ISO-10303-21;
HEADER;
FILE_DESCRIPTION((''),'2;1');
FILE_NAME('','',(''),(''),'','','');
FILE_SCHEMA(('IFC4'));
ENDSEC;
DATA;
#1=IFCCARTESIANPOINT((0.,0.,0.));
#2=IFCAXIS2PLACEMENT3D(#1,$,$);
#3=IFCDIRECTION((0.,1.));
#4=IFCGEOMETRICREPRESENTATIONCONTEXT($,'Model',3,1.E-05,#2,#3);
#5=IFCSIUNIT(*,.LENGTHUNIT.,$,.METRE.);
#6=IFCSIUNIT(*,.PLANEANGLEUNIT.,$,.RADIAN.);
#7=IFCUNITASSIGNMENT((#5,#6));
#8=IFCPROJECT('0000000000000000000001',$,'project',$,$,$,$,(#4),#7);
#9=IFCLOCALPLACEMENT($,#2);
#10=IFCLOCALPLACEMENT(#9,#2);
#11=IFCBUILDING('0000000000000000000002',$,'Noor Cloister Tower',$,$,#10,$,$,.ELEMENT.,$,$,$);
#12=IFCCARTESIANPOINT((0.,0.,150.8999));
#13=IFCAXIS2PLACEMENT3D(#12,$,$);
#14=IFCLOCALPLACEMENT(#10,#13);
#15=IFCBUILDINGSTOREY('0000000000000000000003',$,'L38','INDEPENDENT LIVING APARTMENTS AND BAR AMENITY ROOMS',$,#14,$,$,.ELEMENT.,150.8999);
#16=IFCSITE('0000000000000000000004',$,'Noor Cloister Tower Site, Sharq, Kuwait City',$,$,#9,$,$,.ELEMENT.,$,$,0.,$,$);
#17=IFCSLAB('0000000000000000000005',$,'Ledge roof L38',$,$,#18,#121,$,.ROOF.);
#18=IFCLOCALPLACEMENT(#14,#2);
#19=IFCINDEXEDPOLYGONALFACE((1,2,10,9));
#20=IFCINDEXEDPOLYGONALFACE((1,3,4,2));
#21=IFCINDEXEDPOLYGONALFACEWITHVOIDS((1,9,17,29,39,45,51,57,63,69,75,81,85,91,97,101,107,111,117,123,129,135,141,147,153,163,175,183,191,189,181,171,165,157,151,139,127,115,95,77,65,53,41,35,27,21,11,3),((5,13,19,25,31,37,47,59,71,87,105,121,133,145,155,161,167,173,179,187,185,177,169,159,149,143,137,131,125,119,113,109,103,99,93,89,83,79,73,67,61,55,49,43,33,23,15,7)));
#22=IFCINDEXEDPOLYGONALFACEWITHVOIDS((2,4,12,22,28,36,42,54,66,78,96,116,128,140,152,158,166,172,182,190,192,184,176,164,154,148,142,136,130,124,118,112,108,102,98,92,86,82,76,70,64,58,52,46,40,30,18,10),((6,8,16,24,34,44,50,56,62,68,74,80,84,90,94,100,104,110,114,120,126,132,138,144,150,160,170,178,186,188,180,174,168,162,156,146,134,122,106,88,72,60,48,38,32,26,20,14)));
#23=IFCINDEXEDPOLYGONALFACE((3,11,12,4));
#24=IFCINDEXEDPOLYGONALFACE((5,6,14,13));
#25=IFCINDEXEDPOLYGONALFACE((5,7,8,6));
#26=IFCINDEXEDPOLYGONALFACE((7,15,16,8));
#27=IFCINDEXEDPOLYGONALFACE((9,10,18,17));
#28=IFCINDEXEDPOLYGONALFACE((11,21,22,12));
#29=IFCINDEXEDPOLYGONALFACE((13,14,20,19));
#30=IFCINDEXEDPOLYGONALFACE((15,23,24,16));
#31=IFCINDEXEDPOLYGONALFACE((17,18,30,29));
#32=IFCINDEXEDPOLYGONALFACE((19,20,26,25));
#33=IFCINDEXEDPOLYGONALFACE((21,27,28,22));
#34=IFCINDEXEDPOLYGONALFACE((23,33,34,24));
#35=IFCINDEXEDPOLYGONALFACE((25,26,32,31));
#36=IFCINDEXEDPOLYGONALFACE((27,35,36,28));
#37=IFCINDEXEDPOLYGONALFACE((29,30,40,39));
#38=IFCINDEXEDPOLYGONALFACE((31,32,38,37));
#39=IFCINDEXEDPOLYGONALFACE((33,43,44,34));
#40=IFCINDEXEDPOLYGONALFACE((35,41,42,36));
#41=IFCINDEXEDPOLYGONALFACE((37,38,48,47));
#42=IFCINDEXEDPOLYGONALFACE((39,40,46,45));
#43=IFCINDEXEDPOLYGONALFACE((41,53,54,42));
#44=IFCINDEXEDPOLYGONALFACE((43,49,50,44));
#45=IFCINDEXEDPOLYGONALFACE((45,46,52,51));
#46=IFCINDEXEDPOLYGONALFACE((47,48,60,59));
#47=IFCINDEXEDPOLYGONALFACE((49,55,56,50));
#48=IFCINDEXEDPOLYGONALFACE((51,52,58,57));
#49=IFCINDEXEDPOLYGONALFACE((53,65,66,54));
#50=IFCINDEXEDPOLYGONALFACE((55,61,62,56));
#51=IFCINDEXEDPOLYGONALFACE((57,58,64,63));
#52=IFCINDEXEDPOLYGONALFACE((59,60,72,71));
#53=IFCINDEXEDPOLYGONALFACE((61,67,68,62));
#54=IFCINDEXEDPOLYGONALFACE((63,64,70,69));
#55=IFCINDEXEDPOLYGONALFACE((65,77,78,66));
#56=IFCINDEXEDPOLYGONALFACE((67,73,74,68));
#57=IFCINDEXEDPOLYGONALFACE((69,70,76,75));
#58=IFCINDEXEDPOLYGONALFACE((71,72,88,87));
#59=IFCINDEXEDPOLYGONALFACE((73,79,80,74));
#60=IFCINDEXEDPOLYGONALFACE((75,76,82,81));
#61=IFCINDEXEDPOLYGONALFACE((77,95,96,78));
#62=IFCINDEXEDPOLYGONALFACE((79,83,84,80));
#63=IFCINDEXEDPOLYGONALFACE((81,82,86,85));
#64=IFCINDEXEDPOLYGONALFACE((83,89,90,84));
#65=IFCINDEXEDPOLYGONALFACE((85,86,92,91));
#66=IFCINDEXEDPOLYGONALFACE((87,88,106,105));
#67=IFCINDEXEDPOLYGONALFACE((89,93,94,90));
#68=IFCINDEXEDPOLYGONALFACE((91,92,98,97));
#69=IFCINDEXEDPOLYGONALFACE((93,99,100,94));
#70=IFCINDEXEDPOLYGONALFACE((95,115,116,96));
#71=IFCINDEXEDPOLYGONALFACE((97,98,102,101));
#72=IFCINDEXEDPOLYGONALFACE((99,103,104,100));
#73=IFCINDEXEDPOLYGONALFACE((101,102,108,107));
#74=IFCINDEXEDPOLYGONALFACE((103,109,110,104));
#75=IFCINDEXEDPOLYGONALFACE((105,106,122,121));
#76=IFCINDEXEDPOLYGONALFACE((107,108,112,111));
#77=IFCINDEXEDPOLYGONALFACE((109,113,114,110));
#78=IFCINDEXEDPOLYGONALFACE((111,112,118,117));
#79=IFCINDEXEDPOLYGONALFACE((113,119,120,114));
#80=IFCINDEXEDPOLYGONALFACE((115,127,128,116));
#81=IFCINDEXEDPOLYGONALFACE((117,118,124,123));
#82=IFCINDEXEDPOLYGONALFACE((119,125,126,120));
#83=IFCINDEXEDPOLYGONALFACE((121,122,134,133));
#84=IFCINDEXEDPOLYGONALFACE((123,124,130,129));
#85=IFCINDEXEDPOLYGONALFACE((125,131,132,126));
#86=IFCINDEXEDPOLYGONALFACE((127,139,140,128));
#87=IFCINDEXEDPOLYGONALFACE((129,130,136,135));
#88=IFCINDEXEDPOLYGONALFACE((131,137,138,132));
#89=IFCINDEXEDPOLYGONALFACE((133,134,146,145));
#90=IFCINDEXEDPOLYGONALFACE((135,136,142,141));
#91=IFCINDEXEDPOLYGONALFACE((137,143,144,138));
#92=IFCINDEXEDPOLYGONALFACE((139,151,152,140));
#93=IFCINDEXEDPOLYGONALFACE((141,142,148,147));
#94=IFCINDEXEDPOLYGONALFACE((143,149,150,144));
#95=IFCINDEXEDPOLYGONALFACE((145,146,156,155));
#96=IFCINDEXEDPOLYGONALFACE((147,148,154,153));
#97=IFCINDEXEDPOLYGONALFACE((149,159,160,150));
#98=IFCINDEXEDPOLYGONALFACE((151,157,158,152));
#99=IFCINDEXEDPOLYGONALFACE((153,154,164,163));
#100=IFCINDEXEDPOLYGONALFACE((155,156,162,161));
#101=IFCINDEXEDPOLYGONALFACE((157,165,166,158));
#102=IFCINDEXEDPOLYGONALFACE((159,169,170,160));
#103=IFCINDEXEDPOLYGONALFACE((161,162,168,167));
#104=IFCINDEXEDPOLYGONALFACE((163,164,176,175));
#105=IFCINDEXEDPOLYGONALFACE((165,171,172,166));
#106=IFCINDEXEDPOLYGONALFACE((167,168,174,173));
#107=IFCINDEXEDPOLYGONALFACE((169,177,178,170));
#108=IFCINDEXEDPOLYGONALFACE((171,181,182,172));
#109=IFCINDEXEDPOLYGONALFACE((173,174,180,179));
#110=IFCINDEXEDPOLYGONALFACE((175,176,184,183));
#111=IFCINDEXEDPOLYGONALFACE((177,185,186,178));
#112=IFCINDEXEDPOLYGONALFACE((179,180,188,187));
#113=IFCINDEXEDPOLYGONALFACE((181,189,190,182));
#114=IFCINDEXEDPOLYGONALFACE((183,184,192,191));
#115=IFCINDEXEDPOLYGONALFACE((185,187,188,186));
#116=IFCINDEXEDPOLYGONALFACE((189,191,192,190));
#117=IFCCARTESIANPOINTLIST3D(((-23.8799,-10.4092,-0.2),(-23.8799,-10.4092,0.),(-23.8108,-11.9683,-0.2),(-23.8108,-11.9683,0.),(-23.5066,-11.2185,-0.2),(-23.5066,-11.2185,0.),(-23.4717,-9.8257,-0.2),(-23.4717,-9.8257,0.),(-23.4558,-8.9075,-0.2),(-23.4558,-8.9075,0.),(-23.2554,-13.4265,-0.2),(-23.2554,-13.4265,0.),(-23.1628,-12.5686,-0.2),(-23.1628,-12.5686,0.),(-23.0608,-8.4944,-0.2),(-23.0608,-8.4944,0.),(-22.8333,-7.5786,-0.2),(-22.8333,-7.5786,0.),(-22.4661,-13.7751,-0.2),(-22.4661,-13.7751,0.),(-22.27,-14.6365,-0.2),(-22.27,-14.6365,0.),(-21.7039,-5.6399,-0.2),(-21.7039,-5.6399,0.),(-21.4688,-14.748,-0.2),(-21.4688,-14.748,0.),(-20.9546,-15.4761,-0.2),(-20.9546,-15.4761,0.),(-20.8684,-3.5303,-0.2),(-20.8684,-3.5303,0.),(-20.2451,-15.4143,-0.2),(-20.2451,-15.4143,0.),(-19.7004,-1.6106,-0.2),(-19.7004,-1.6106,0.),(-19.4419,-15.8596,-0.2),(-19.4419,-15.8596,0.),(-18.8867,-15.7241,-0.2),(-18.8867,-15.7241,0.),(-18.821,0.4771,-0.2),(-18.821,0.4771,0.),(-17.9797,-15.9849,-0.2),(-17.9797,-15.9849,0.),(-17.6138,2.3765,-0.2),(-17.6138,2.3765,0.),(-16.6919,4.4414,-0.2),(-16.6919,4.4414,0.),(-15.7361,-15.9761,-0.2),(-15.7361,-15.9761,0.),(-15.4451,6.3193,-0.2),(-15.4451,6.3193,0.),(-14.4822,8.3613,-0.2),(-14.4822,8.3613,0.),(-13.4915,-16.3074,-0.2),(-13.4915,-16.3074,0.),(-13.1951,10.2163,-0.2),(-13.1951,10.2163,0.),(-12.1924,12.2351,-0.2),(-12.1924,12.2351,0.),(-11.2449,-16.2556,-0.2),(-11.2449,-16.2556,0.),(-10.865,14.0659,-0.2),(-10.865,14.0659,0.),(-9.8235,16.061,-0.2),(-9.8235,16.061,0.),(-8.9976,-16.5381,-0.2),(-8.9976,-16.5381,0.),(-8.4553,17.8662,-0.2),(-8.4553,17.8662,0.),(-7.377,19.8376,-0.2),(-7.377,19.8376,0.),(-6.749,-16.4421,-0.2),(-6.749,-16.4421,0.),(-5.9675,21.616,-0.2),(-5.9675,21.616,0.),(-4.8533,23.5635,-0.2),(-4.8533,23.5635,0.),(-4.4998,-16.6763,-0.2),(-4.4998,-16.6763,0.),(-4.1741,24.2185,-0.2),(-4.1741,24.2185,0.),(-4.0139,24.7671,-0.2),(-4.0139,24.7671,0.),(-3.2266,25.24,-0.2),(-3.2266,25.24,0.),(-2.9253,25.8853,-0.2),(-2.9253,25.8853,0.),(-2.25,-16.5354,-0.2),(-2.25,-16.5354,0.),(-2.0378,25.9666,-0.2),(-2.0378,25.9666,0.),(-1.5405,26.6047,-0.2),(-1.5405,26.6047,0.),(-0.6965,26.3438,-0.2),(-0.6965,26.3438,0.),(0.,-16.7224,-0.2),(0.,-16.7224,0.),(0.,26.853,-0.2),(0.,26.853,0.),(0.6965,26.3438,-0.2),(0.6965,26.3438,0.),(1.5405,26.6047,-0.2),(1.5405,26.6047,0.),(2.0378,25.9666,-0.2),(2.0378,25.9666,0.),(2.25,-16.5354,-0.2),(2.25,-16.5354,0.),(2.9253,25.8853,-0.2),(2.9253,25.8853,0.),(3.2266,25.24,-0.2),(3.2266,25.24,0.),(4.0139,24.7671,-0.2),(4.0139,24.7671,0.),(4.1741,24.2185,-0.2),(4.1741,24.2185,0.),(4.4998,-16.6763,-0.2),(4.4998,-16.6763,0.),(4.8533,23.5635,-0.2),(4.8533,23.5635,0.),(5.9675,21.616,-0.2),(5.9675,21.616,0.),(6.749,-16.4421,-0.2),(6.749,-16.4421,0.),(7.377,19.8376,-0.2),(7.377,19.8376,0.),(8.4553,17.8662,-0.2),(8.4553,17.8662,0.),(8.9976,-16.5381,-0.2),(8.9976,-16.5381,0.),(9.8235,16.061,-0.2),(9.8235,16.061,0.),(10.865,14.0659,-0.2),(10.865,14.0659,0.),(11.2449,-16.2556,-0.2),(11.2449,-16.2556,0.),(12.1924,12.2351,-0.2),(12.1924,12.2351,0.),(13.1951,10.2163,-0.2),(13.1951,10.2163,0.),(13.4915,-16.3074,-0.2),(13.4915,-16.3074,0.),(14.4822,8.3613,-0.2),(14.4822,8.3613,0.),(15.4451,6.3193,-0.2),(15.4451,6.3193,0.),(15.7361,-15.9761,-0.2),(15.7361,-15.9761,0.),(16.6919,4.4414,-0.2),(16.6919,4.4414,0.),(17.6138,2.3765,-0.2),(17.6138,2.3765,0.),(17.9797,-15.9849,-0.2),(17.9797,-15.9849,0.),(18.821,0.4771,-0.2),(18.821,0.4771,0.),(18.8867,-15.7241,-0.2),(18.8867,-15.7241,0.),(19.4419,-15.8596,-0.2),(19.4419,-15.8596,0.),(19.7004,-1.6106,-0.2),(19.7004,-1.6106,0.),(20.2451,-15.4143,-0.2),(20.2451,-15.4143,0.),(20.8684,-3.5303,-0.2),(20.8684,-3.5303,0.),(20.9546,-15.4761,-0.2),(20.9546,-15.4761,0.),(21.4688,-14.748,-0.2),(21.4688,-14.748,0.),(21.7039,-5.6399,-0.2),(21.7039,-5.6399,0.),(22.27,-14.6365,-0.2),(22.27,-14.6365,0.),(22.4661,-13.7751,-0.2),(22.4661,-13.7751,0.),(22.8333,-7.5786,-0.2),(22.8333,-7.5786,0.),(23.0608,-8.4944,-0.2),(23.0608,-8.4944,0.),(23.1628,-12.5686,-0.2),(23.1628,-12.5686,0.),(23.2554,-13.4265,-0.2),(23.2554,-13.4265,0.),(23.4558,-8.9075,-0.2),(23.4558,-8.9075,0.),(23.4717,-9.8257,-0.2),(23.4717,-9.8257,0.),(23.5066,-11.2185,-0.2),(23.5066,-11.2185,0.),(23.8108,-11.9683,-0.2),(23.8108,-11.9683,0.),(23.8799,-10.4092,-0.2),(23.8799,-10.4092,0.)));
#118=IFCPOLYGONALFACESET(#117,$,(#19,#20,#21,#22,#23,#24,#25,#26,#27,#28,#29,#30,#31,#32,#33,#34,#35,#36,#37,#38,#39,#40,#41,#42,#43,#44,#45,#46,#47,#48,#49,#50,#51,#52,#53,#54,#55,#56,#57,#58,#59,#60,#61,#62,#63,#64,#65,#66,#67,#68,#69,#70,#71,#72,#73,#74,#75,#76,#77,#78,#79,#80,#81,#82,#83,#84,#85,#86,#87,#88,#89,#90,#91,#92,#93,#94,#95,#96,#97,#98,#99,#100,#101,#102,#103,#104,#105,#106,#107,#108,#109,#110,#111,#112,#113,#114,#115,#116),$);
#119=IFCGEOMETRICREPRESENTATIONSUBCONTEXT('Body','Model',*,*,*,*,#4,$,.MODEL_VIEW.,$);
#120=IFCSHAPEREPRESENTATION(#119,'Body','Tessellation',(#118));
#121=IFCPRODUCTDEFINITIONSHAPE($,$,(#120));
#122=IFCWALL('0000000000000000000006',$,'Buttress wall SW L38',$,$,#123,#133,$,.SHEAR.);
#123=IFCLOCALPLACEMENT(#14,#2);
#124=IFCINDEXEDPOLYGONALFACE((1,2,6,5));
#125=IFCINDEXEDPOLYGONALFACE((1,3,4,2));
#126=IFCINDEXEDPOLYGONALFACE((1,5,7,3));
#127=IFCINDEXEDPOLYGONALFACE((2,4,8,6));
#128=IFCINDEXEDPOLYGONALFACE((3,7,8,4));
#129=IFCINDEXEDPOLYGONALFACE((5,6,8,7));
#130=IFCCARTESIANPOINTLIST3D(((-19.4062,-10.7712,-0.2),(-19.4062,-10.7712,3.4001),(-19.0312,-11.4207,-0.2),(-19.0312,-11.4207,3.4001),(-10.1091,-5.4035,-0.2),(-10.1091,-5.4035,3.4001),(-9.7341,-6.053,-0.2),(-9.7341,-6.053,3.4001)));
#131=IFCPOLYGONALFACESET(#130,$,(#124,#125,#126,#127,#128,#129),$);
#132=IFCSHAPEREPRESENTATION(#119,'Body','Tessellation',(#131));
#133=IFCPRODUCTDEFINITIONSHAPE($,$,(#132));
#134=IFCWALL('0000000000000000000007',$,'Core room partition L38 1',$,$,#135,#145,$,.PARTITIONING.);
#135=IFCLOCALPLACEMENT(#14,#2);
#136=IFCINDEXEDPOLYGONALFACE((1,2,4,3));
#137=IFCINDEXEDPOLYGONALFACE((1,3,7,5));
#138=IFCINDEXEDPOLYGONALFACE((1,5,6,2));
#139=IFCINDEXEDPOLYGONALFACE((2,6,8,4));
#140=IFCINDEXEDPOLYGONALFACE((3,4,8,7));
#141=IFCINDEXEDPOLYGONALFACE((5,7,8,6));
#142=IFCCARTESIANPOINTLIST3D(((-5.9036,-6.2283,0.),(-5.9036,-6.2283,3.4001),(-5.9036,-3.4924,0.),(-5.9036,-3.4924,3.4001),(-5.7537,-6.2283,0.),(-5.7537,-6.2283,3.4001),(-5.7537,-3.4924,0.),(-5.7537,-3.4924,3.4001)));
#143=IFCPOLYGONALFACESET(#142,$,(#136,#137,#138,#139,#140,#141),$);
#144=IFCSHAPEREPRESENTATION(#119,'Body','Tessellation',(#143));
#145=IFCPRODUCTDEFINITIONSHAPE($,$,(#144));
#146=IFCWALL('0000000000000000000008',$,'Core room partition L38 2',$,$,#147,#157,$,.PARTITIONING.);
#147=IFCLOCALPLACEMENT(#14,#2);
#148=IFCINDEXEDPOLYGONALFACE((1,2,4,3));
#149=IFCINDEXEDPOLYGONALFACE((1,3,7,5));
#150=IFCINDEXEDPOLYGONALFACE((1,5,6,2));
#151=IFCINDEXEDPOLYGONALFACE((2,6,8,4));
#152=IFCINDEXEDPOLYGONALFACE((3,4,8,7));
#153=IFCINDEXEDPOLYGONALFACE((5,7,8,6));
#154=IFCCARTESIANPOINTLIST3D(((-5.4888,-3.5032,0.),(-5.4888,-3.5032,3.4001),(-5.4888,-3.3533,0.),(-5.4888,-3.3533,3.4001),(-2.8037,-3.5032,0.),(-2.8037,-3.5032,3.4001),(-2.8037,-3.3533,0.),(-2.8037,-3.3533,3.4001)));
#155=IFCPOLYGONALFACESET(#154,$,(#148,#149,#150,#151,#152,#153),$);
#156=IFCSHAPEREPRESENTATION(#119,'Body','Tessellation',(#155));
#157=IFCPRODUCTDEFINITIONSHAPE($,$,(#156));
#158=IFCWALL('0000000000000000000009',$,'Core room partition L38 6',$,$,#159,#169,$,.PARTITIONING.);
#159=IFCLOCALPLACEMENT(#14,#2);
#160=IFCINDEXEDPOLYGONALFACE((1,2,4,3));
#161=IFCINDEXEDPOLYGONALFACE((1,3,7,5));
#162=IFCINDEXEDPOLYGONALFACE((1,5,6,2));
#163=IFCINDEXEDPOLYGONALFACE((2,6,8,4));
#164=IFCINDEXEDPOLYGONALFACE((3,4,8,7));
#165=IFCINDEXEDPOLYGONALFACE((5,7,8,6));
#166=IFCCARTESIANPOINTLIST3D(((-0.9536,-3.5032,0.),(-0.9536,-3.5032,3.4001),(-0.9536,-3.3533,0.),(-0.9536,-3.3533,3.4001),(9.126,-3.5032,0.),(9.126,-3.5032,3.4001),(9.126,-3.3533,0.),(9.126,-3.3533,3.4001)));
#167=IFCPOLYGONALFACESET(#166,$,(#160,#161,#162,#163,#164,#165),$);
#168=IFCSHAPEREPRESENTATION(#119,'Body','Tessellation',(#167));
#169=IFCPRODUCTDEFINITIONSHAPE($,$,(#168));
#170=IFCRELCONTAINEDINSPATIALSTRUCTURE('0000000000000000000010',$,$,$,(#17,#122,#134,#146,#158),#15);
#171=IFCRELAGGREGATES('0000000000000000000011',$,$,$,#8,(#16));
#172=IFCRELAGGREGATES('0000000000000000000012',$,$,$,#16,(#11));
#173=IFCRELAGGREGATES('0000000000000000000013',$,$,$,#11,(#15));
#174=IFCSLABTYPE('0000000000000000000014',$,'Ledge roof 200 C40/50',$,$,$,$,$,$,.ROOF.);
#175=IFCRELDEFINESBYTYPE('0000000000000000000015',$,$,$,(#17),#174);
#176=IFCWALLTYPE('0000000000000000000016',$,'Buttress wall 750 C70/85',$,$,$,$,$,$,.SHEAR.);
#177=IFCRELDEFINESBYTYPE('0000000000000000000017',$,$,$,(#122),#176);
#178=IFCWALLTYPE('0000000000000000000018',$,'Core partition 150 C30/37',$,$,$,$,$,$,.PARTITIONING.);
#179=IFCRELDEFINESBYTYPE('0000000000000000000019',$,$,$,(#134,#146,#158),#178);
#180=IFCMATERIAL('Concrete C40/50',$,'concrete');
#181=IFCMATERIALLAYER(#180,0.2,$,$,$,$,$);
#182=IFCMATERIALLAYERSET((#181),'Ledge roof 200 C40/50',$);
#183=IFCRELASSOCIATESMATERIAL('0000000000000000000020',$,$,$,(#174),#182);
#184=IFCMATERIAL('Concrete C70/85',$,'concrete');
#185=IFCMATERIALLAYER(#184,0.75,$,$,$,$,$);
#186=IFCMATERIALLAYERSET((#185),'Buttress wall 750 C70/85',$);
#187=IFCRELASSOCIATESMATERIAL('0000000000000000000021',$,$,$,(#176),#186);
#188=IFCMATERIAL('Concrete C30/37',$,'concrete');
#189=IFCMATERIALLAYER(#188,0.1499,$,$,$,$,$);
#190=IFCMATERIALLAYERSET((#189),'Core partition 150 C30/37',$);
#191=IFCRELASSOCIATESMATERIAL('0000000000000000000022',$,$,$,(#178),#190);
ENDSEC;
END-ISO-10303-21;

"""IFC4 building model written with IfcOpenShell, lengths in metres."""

from ifc_helpers import new_model, si_unit, direction, frame, frame_2d, origin, place, context, subcontext, project, spatial, polyline, rectangle, outline, extrude, material, layer, layer_set, type_object, element, save


model = new_model("IFC4")

# Units and contexts
model_context = context("Model", 3, precision=1e-05, world=origin(), true_north=direction((0.0, 1.0)))
body_context = subcontext(model_context, "Body", "Model", "MODEL_VIEW")
ifc_project = project(units=[si_unit("LENGTHUNIT", "METRE"), si_unit("PLANEANGLEUNIT", "RADIAN")], contexts=[model_context])

# Site, building, storey
site_placement = place(None, origin())
site = spatial("IfcSite", under=ifc_project, at=site_placement, Name="Noor Cloister Tower Site, Sharq, Kuwait City", CompositionType="ELEMENT", RefElevation=0.0)
building_placement = place(site_placement, origin())
building = spatial("IfcBuilding", under=site, at=building_placement, Name="Noor Cloister Tower", CompositionType="ELEMENT")
storey_placement = place(building_placement, frame((0.0, 0.0, 150.8999)))
storey = spatial("IfcBuildingStorey", under=building, at=storey_placement, Name="L38", Description="INDEPENDENT LIVING APARTMENTS AND BAR AMENITY ROOMS", CompositionType="ELEMENT", Elevation=150.8999)

# Slab
ifc_material_1 = material(Name="Concrete C40/50", Category="concrete")
ifc_layer_1 = layer(ifc_material_1, 0.2)
ifc_layer_set_1 = layer_set([ifc_layer_1], Name="Ledge roof 200 C40/50")
slab_type_1 = type_object("IfcSlabType", Name="Ledge roof 200 C40/50", PredefinedType="ROOF", material=ifc_layer_set_1)
slab_1_placement = place(storey_placement, frame((0.0, 0.0, -0.2)))
element("IfcSlab", 1, at=slab_1_placement, inside=storey, type_object=slab_type_1, Name="Ledge roof L38", PredefinedType="ROOF", context=body_context, shape_type="SweptSolid", body=[
    extrude(outline(polyline([(4.8533, 23.5635), (4.0139, 24.7671), (2.9253, 25.8853), (1.5405, 26.6047), (0.0, 26.853), (-1.5405, 26.6047), (-2.9253, 25.8853), (-4.0139, 24.7671), (-4.8533, 23.5635), (-7.377, 19.8376), (-9.8235, 16.061), (-12.1924, 12.2351), (-14.4822, 8.3613), (-16.6919, 4.4414), (-18.821, 0.4771), (-20.8684, -3.5303), (-22.8333, -7.5786), (-23.4558, -8.9075), (-23.8799, -10.4092), (-23.8108, -11.9683), (-23.2554, -13.4265), (-22.27, -14.6365), (-20.9546, -15.4761), (-19.4419, -15.8596), (-17.9797, -15.9849), (-13.4915, -16.3074), (-8.9976, -16.5381), (-4.4998, -16.6763), (0.0, -16.7224), (4.4998, -16.6763), (8.9976, -16.5381), (13.4915, -16.3074), (17.9797, -15.9849), (19.4419, -15.8596), (20.9546, -15.4761), (22.27, -14.6365), (23.2554, -13.4265), (23.8108, -11.9683), (23.8799, -10.4092), (23.4558, -8.9075), (22.8333, -7.5786), (20.8684, -3.5303), (18.821, 0.4771), (16.6919, 4.4414), (14.4822, 8.3613), (12.1924, 12.2351), (9.8235, 16.061), (7.377, 19.8376), (4.8533, 23.5635)]), holes=[polyline([(2.0378, 25.9666), (0.6965, 26.3438), (-0.6965, 26.3438), (-2.0378, 25.9666), (-3.2266, 25.24), (-4.1741, 24.2185), (-5.9675, 21.616), (-8.4553, 17.8662), (-10.865, 14.0659), (-13.1951, 10.2163), (-15.4451, 6.3193), (-17.6138, 2.3765), (-19.7004, -1.6106), (-21.7039, -5.6399), (-23.0608, -8.4944), (-23.4717, -9.8257), (-23.5066, -11.2185), (-23.1628, -12.5686), (-22.4661, -13.7751), (-21.4688, -14.748), (-20.2451, -15.4143), (-18.8867, -15.7241), (-15.7361, -15.9761), (-11.2449, -16.2556), (-6.749, -16.4421), (-2.25, -16.5354), (2.25, -16.5354), (6.749, -16.4421), (11.2449, -16.2556), (15.7361, -15.9761), (18.8867, -15.7241), (20.2451, -15.4143), (21.4688, -14.748), (22.4661, -13.7751), (23.1628, -12.5686), (23.5066, -11.2185), (23.4717, -9.8257), (23.0608, -8.4944), (21.7039, -5.6399), (19.7004, -1.6106), (17.6138, 2.3765), (15.4451, 6.3193), (13.1951, 10.2163), (10.865, 14.0659), (8.4553, 17.8662), (5.9675, 21.616), (4.1741, 24.2185), (3.2266, 25.24), (2.0378, 25.9666)])]), origin(), (0.0, 0.0, 1.0), 0.2),
])

# Walls
ifc_material_2 = material(Name="Concrete C70/85", Category="concrete")
ifc_layer_2 = layer(ifc_material_2, 0.75)
ifc_layer_set_2 = layer_set([ifc_layer_2], Name="Buttress wall 750 C70/85")
wall_type_1 = type_object("IfcWallType", Name="Buttress wall 750 C70/85", PredefinedType="SHEAR", material=ifc_layer_set_2)
wall_1_placement = place(storey_placement, frame((-9.9216, -5.7283, -0.2), z_axis=(0.0, 0.0, 1.0), x_axis=(-0.866026, -0.499999, 0.0)))
element("IfcWall", 2, at=wall_1_placement, inside=storey, type_object=wall_type_1, Name="Buttress wall SW L38", PredefinedType="SHEAR", context=body_context, shape_type="SweptSolid", body=[
    extrude(rectangle(XDim=10.7354, YDim=0.75, at=frame_2d((5.3677, 0.0))), origin(), (0.0, 0.0, 1.0), 3.6001),
])
ifc_material_3 = material(Name="Concrete C30/37", Category="concrete")
ifc_layer_3 = layer(ifc_material_3, 0.1499)
ifc_layer_set_3 = layer_set([ifc_layer_3], Name="Core partition 150 C30/37")
wall_type_2 = type_object("IfcWallType", Name="Core partition 150 C30/37", PredefinedType="PARTITIONING", material=ifc_layer_set_3)
wall_2_placement = place(storey_placement, frame((-5.8286, -3.4924, 0.0), z_axis=(0.0, 0.0, 1.0), x_axis=(0.0, -1.0, 0.0)))
element("IfcWall", 3, at=wall_2_placement, inside=storey, type_object=wall_type_2, Name="Core room partition L38 1", PredefinedType="PARTITIONING", context=body_context, shape_type="SweptSolid", body=[
    extrude(rectangle(XDim=2.7358, YDim=0.1499, at=frame_2d((1.3679, 0.0))), origin(), (0.0, 0.0, 1.0), 3.4001),
])
wall_3_placement = place(storey_placement, frame((-5.4888, -3.4282, 0.0), z_axis=(0.0, 0.0, 1.0), x_axis=(1.0, 0.0, 0.0)))
element("IfcWall", 4, at=wall_3_placement, inside=storey, type_object=wall_type_2, Name="Core room partition L38 2", PredefinedType="PARTITIONING", context=body_context, shape_type="SweptSolid", body=[
    extrude(rectangle(XDim=2.6851, YDim=0.1499, at=frame_2d((1.3425, 0.0))), origin(), (0.0, 0.0, 1.0), 3.4001),
])
wall_4_placement = place(storey_placement, frame((-0.9536, -3.4282, 0.0), z_axis=(0.0, 0.0, 1.0), x_axis=(1.0, 0.0, 0.0)))
element("IfcWall", 5, at=wall_4_placement, inside=storey, type_object=wall_type_2, Name="Core room partition L38 6", PredefinedType="PARTITIONING", context=body_context, shape_type="SweptSolid", body=[
    extrude(rectangle(XDim=10.0796, YDim=0.1499, at=frame_2d((5.0398, 0.0))), origin(), (0.0, 0.0, 1.0), 3.4001),
])

save(model, "model.ifc")
